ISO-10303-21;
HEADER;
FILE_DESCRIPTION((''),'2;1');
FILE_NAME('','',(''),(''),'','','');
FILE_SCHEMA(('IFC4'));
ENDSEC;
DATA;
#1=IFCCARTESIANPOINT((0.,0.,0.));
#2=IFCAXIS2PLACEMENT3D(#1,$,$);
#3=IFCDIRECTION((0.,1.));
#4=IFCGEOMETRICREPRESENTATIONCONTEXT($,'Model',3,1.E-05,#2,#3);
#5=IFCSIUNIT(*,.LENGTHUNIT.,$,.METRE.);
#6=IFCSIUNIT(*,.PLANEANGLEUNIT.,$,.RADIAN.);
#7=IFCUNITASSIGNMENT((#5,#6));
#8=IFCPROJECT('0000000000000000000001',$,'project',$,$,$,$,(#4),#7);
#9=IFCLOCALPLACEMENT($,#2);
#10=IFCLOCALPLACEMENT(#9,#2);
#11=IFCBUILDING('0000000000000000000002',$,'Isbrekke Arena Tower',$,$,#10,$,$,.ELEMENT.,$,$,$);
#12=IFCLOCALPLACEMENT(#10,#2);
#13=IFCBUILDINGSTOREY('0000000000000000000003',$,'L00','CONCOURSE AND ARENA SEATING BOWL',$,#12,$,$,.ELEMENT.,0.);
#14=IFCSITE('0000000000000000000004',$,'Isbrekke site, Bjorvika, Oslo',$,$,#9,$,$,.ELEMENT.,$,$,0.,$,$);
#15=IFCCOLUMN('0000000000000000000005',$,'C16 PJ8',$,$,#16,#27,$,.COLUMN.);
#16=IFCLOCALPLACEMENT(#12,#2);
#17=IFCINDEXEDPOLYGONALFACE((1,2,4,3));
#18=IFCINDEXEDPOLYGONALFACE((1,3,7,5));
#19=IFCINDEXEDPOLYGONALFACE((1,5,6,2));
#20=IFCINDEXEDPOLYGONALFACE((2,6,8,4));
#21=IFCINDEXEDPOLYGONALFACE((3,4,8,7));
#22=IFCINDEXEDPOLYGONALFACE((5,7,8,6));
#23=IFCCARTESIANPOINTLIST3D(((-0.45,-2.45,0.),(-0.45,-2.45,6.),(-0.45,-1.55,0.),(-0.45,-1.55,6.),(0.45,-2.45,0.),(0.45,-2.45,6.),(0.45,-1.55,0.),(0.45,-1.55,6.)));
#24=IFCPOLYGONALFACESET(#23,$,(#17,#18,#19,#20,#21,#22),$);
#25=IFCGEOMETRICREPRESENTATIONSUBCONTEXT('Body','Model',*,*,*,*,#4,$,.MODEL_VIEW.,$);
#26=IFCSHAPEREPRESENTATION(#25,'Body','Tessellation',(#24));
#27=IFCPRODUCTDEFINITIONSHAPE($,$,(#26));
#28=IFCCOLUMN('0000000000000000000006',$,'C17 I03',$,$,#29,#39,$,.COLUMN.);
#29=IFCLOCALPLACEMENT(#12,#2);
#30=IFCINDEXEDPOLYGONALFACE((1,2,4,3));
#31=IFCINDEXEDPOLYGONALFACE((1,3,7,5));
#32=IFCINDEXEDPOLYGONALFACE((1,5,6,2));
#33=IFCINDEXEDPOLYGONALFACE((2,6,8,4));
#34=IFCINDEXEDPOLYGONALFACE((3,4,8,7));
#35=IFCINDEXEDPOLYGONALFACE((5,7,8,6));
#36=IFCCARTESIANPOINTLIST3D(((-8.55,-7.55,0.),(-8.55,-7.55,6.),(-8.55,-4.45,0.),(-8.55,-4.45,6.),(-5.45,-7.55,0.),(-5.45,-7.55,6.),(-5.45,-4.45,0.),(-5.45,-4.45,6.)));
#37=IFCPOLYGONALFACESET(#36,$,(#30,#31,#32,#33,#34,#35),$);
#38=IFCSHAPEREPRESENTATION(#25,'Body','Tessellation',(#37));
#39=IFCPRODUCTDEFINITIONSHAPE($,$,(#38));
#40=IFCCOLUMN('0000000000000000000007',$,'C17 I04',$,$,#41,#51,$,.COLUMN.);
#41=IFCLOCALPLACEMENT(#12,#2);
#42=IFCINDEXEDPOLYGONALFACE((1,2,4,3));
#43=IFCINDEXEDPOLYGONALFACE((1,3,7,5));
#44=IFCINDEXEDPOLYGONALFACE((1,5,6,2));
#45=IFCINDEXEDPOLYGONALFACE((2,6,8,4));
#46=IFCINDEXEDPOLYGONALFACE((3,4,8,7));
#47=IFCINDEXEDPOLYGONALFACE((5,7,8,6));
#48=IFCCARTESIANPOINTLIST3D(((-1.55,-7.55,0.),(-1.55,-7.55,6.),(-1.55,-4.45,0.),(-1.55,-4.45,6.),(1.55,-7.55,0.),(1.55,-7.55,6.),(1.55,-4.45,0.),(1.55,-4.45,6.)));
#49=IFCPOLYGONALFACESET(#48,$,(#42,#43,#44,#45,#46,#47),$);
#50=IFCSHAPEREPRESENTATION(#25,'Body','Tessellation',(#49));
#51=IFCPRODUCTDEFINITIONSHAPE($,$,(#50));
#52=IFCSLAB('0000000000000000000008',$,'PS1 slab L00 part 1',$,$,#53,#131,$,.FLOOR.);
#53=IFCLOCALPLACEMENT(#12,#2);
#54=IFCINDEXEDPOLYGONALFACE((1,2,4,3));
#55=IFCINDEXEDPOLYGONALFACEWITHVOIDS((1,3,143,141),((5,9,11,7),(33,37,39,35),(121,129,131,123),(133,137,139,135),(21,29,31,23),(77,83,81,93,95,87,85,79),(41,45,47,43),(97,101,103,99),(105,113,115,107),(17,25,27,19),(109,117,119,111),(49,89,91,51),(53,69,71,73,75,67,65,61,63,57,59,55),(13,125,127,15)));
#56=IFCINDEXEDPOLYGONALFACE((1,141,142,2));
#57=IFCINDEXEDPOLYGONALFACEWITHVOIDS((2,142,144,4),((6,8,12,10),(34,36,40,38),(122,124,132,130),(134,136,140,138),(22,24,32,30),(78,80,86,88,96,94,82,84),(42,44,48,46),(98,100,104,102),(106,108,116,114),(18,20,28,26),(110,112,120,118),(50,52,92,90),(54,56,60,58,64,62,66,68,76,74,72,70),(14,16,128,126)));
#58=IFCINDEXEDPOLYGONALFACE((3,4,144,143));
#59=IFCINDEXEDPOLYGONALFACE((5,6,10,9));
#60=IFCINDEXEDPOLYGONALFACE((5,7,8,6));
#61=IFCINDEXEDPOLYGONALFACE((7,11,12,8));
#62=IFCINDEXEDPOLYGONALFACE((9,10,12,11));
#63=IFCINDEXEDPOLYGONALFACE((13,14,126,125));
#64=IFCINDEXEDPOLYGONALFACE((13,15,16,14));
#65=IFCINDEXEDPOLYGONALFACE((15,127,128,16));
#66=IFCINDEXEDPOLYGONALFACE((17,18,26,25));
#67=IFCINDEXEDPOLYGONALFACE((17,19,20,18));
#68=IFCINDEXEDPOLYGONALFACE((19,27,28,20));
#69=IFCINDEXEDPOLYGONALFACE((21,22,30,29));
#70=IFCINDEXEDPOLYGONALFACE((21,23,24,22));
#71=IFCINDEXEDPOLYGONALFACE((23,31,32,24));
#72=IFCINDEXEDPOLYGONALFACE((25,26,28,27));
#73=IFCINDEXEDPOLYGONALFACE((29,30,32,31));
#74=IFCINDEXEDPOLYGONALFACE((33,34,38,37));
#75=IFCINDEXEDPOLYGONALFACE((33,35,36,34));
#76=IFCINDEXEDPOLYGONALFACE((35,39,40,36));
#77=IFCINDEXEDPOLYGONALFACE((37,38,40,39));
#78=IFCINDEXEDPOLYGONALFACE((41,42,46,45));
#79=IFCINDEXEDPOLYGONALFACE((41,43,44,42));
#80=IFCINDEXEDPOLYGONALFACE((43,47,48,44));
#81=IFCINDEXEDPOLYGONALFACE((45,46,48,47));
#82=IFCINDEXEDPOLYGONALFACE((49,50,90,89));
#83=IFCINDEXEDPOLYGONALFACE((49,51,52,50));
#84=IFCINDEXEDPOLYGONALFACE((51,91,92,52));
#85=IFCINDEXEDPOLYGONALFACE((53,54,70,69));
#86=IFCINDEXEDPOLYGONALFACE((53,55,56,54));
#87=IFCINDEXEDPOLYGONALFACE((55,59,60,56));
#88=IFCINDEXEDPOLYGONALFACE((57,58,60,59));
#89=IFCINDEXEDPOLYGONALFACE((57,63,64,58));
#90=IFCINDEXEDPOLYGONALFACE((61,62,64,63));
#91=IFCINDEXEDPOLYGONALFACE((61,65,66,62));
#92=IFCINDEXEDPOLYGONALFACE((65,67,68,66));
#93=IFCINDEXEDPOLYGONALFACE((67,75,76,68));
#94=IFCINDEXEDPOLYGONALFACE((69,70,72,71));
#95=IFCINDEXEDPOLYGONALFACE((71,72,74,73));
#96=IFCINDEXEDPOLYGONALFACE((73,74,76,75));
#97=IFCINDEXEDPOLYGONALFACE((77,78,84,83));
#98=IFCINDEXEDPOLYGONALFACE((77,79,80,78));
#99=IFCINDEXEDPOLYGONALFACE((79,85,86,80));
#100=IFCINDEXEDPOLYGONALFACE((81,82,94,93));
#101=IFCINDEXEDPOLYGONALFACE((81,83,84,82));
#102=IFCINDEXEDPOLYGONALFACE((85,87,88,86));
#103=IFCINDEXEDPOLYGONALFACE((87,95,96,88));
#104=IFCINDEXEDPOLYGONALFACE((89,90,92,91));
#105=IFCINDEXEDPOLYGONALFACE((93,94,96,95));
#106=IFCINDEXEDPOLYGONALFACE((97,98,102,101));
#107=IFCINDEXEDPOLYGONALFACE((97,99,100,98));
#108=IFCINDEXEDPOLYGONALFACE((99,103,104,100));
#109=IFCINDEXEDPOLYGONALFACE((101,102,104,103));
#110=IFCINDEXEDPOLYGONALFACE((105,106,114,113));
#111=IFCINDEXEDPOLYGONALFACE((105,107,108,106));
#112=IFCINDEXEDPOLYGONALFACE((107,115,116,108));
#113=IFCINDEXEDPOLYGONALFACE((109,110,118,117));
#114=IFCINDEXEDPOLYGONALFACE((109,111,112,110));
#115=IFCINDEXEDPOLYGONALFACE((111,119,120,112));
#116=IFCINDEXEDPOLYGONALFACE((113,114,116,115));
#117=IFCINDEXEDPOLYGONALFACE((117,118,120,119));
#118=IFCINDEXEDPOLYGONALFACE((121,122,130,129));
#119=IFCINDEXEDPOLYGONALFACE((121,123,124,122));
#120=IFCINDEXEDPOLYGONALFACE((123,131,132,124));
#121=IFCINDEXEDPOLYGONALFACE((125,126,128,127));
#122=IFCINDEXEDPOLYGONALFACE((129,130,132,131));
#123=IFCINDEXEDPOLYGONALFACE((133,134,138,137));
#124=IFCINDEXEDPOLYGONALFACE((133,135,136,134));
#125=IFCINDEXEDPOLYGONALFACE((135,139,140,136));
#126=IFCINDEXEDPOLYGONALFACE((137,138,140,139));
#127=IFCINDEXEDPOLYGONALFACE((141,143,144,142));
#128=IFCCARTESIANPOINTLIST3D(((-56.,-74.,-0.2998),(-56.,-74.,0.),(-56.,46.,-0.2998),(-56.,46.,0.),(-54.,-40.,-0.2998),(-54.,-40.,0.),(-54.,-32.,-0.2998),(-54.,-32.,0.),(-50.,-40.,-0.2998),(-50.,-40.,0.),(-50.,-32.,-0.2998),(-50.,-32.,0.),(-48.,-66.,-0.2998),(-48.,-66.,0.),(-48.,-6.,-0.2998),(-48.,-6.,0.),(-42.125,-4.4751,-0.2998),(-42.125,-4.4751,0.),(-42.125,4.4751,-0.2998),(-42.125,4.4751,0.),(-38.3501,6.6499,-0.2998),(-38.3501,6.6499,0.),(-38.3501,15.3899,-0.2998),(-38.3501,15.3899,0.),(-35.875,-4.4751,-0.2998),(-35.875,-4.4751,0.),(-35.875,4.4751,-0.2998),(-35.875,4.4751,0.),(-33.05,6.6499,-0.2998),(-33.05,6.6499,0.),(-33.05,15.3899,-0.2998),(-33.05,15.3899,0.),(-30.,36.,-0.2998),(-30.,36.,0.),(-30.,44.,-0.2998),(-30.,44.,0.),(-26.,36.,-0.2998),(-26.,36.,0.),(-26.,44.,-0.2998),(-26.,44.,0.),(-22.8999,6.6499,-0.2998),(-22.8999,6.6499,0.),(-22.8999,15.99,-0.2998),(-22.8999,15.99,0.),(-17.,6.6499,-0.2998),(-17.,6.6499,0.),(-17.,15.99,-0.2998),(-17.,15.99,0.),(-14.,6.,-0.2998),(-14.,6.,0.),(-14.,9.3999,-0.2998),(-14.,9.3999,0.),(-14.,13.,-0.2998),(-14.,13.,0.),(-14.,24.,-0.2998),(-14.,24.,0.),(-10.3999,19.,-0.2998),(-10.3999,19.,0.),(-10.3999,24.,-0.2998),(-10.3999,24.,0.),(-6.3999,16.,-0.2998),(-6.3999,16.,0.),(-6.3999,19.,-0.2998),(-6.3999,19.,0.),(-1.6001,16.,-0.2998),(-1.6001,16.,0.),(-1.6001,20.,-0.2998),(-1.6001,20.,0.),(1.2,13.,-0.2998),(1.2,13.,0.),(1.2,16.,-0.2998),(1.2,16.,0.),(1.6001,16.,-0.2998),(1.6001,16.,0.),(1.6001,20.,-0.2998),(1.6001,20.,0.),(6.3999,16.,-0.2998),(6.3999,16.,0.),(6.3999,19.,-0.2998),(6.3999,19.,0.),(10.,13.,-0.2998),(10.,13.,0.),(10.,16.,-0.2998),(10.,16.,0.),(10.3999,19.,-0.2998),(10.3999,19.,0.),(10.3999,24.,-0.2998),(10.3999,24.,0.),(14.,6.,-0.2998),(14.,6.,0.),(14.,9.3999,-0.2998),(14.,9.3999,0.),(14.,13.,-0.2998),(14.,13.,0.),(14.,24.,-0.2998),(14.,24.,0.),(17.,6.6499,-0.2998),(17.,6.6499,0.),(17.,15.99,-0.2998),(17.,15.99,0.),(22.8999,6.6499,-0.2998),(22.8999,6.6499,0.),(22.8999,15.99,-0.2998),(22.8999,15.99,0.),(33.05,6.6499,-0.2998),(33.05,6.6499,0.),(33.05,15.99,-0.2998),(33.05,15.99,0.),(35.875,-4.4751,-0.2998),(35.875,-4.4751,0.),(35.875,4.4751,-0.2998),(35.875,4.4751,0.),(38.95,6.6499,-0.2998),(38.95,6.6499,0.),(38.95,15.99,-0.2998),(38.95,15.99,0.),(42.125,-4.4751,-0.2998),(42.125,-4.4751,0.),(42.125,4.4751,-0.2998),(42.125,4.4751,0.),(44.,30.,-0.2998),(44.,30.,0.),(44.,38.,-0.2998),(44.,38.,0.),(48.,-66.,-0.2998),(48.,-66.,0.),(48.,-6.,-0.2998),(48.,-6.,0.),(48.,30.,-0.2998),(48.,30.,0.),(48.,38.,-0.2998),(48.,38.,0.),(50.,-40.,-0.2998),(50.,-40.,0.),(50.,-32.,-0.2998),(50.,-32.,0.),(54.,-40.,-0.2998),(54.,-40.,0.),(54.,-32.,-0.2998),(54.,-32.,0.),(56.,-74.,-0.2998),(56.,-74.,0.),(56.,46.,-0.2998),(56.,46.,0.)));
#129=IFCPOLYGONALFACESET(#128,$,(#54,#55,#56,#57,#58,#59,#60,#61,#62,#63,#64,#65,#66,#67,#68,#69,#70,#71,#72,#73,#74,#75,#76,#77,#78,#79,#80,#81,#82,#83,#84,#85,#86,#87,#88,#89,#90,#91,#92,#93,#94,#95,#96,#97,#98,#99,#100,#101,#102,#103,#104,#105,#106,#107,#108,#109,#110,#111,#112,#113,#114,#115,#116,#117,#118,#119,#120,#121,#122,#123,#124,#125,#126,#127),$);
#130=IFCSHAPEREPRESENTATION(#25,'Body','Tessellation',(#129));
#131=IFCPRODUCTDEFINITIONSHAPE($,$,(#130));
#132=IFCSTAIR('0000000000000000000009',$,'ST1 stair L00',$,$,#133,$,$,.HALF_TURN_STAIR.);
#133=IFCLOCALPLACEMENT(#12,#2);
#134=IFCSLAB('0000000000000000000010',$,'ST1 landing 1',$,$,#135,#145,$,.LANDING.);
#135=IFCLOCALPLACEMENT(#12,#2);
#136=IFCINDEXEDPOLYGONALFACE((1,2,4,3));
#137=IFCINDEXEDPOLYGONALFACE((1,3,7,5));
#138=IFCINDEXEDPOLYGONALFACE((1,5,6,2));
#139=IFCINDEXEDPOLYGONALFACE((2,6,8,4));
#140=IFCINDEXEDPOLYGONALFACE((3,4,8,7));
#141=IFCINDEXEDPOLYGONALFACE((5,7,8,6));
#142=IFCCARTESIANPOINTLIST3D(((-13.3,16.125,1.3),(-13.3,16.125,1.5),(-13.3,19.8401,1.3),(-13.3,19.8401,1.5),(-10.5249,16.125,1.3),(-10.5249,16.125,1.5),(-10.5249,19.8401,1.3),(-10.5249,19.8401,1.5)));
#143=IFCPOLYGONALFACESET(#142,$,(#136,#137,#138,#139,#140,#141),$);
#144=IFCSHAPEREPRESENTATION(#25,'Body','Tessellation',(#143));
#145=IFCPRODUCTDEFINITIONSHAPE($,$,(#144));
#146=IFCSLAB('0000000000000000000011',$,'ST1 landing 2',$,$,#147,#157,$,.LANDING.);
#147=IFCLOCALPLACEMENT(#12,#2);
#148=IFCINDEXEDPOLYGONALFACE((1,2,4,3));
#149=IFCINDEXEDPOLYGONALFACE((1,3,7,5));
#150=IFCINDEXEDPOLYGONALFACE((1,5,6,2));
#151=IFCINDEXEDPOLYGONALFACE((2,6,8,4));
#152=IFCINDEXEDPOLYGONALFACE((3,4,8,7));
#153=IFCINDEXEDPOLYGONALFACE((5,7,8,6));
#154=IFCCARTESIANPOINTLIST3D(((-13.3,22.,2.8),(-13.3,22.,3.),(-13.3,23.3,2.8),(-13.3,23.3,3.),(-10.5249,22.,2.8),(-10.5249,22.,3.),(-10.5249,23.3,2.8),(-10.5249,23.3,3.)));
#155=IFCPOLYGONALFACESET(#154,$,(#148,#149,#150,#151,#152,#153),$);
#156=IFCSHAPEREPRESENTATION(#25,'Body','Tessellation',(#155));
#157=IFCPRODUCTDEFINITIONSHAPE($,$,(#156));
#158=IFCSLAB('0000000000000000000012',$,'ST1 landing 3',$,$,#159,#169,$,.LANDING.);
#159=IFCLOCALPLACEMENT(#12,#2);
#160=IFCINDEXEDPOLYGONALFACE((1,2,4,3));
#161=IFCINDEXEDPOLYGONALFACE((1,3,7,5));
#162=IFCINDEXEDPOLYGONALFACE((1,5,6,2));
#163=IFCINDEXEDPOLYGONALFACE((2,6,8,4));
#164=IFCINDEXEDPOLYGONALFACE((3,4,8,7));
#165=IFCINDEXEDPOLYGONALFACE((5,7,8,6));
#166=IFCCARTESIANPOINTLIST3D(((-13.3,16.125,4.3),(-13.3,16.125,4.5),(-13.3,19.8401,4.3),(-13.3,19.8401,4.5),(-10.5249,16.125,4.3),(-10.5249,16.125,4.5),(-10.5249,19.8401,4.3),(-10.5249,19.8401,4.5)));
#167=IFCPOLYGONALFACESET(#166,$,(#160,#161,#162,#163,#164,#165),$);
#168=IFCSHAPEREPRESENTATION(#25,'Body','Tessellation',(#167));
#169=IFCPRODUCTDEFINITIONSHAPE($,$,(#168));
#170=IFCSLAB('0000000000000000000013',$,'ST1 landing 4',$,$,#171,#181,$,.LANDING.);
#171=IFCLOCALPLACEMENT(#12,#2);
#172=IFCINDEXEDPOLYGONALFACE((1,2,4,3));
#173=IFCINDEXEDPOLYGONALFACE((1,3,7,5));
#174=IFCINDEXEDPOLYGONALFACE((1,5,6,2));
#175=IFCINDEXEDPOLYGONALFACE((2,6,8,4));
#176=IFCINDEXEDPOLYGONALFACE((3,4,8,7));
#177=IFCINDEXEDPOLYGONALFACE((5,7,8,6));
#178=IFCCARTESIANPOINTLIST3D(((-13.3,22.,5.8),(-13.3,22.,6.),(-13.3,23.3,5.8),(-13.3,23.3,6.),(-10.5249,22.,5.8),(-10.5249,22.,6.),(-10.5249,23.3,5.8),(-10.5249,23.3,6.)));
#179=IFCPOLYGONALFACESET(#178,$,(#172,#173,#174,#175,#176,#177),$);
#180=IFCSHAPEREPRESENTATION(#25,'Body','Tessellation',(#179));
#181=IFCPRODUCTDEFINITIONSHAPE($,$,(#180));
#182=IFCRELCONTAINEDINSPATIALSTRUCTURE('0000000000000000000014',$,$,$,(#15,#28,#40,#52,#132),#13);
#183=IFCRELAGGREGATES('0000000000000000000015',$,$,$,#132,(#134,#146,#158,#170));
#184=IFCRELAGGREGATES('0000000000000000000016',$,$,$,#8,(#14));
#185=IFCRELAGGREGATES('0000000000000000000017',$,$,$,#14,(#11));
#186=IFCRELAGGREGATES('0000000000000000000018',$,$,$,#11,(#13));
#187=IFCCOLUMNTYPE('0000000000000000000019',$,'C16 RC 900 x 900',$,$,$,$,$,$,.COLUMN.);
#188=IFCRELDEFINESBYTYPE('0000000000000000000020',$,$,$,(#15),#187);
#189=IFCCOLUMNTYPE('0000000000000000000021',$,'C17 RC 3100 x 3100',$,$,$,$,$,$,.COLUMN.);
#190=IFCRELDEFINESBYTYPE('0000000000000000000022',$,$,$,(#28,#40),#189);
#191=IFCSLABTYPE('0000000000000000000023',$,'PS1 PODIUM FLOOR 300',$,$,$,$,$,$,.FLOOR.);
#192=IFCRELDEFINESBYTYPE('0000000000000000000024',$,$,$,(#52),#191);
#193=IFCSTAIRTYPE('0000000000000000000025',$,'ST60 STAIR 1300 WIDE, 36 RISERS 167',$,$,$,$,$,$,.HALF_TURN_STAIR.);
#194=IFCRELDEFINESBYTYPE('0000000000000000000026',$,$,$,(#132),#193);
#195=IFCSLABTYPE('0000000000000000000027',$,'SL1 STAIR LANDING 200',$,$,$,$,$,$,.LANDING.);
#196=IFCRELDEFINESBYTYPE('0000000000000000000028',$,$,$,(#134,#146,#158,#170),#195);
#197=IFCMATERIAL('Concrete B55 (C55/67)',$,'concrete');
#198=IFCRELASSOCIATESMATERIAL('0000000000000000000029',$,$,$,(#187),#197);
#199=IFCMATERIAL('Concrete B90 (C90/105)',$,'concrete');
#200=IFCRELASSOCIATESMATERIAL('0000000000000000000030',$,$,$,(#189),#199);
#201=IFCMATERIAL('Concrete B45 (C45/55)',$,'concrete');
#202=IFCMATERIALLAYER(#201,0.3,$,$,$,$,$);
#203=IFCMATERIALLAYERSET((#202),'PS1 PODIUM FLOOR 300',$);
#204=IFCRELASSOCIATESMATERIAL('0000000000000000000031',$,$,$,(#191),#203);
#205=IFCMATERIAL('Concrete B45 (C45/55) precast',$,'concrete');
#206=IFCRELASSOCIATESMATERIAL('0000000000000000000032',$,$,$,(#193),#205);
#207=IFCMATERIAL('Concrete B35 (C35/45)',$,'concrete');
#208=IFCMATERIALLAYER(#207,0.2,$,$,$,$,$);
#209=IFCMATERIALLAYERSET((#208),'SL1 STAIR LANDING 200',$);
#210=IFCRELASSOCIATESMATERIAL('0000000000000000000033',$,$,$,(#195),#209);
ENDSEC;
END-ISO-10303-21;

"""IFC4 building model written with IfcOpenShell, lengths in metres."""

from ifc_helpers import new_model, si_unit, direction, frame, origin, origin_2d, place, context, subcontext, project, spatial, polyline, rectangle, outline, extrude, material, layer, layer_set, material_profile, profile_set, type_object, element, aggregate, save


model = new_model("IFC4")

# Units and contexts
model_context = context("Model", 3, precision=1e-05, world=origin(), true_north=direction((0.0, 1.0)))
body_context = subcontext(model_context, "Body", "Model", "MODEL_VIEW")
ifc_project = project(units=[si_unit("LENGTHUNIT", "METRE"), si_unit("PLANEANGLEUNIT", "RADIAN")], contexts=[model_context])

# Site, building, storey
site_placement = place(None, origin())
site = spatial("IfcSite", under=ifc_project, at=site_placement, Name="Isbrekke site, Bjorvika, Oslo", CompositionType="ELEMENT", RefElevation=0.0)
building_placement = place(site_placement, origin())
building = spatial("IfcBuilding", under=site, at=building_placement, Name="Isbrekke Arena Tower", CompositionType="ELEMENT")
storey_placement = place(building_placement, origin())
storey = spatial("IfcBuildingStorey", under=building, at=storey_placement, Name="L00", Description="CONCOURSE AND ARENA SEATING BOWL", CompositionType="ELEMENT", Elevation=0.0)

# Columns
ifc_material_1 = material(Name="Concrete B55 (C55/67)", Category="concrete")
ifc_material_profile_1 = material_profile(ifc_material_1, rectangle(XDim=0.8999, YDim=0.8999, at=origin_2d()), Name="RC 900x900")
ifc_profile_set_1 = profile_set([ifc_material_profile_1], Name="Concrete B55 (C55/67)")
column_type_1 = type_object("IfcColumnType", Name="C16 RC 900 x 900", PredefinedType="COLUMN", material=ifc_profile_set_1)
column_placement = place(storey_placement, frame((0.0, -2.0, 0.0), z_axis=(0.0, 0.0, 1.0), x_axis=(1.0, 0.0, 0.0)))
element("IfcColumn", 1, at=column_placement, inside=storey, type_object=column_type_1, Name="C16 PJ8", PredefinedType="COLUMN", context=body_context, shape_type="SweptSolid", body=[
    extrude(rectangle(XDim=0.8999, YDim=0.8999, at=origin_2d()), origin(), (0.0, 0.0, 1.0), 6.0),
])
ifc_material_2 = material(Name="Concrete B90 (C90/105)", Category="concrete")
ifc_material_profile_2 = material_profile(ifc_material_2, rectangle(XDim=3.1001, YDim=3.1001, at=origin_2d()), Name="RC 3100x3100")
ifc_profile_set_2 = profile_set([ifc_material_profile_2], Name="Concrete B90 (C90/105)")
column_type_2 = type_object("IfcColumnType", Name="C17 RC 3100 x 3100", PredefinedType="COLUMN", material=ifc_profile_set_2)
for number, where, z_axis, x_axis, name in (
    (2, (-7.0, -6.0, 0.0), (0.0, 0.0, 1.0), (1.0, 0.0, 0.0), "C17 I03"),
    (3, (0.0, -6.0, 0.0), (0.0, 0.0, 1.0), (1.0, 0.0, 0.0), "C17 I04"),
):
    element("IfcColumn", number, at=place(storey_placement, frame(where, z_axis=z_axis, x_axis=x_axis)), inside=storey, type_object=column_type_2, Name=name, PredefinedType="COLUMN", context=body_context, shape_type="SweptSolid", body=[
        extrude(rectangle(XDim=3.1001, YDim=3.1001, at=origin_2d()), origin(), (0.0, 0.0, 1.0), 6.0),
    ])

# Slab
ifc_material_3 = material(Name="Concrete B45 (C45/55)", Category="concrete")
ifc_layer_1 = layer(ifc_material_3, 0.3)
ifc_layer_set_1 = layer_set([ifc_layer_1], Name="PS1 PODIUM FLOOR 300")
slab_type_1 = type_object("IfcSlabType", Name="PS1 PODIUM FLOOR 300", PredefinedType="FLOOR", material=ifc_layer_set_1)
slab_1_placement = place(storey_placement, frame((0.0, 0.0, -0.2998)))
element("IfcSlab", 4, at=slab_1_placement, inside=storey, type_object=slab_type_1, Name="PS1 slab L00 part 1", PredefinedType="FLOOR", context=body_context, shape_type="SweptSolid", body=[
    extrude(outline(polyline([(-56.0, -74.0), (56.0, -74.0), (56.0, 46.0), (-56.0, 46.0), (-56.0, -74.0)]), holes=[polyline([(48.0, -66.0), (-48.0, -66.0), (-48.0, -6.0), (48.0, -6.0), (48.0, -66.0)]), polyline([(-50.0, -40.0), (-54.0, -40.0), (-54.0, -32.0), (-50.0, -32.0), (-50.0, -40.0)]), polyline([(50.0, -40.0), (50.0, -32.0), (54.0, -32.0), (54.0, -40.0), (50.0, -40.0)]), polyline([(-42.125, -4.4751), (-42.125, 4.4751), (-35.875, 4.4751), (-35.875, -4.4751), (-42.125, -4.4751)]), polyline([(35.875, -4.4751), (35.875, 4.4751), (42.125, 4.4751), (42.125, -4.4751), (35.875, -4.4751)]), polyline([(14.0, 9.3999), (14.0, 6.0), (-14.0, 6.0), (-14.0, 9.3999), (14.0, 9.3999)]), polyline([(-38.3501, 6.6499), (-38.3501, 15.3899), (-33.05, 15.3899), (-33.05, 6.6499), (-38.3501, 6.6499)]), polyline([(-22.8999, 6.6499), (-22.8999, 15.99), (-17.0, 15.99), (-17.0, 6.6499), (-22.8999, 6.6499)]), polyline([(17.0, 6.6499), (17.0, 15.99), (22.8999, 15.99), (22.8999, 6.6499), (17.0, 6.6499)]), polyline([(33.05, 6.6499), (33.05, 15.99), (38.95, 15.99), (38.95, 6.6499), (33.05, 6.6499)]), polyline([(1.6001, 20.0), (1.6001, 16.0), (1.2, 16.0), (1.2, 13.0), (-14.0, 13.0), (-14.0, 24.0), (-10.3999, 24.0), (-10.3999, 19.0), (-6.3999, 19.0), (-6.3999, 16.0), (-1.6001, 16.0), (-1.6001, 20.0), (1.6001, 20.0)]), polyline([(10.3999, 19.0), (10.3999, 24.0), (14.0, 24.0), (14.0, 13.0), (10.0, 13.0), (10.0, 16.0), (6.3999, 16.0), (6.3999, 19.0), (10.3999, 19.0)]), polyline([(44.0, 30.0), (44.0, 38.0), (48.0, 38.0), (48.0, 30.0), (44.0, 30.0)]), polyline([(-30.0, 36.0), (-30.0, 44.0), (-26.0, 44.0), (-26.0, 36.0), (-30.0, 36.0)])]), origin(), (0.0, 0.0, 1.0), 0.2998),
])

# Stair, slabs
ifc_material_4 = material(Name="Concrete B45 (C45/55) precast", Category="concrete")
stair_type_1 = type_object("IfcStairType", Name="ST60 STAIR 1300 WIDE, 36 RISERS 167", PredefinedType="HALF_TURN_STAIR", material=ifc_material_4)
stair_1_placement = place(storey_placement, origin())
stair_1 = element("IfcStair", 5, at=stair_1_placement, inside=storey, type_object=stair_type_1, Name="ST1 stair L00", PredefinedType="HALF_TURN_STAIR")
ifc_material_5 = material(Name="Concrete B35 (C35/45)", Category="concrete")
ifc_layer_2 = layer(ifc_material_5, 0.2)
ifc_layer_set_2 = layer_set([ifc_layer_2], Name="SL1 STAIR LANDING 200")
slab_type_2 = type_object("IfcSlabType", Name="SL1 STAIR LANDING 200", PredefinedType="LANDING", material=ifc_layer_set_2)
slab_2_placement = place(storey_placement, frame((0.0, 0.0, 1.3)))
slab_2 = element("IfcSlab", 6, at=slab_2_placement, type_object=slab_type_2, Name="ST1 landing 1", PredefinedType="LANDING", context=body_context, shape_type="SweptSolid", body=[
    extrude(outline(polyline([(-13.3, 16.125), (-10.5249, 16.125), (-10.5249, 19.8401), (-13.3, 19.8401), (-13.3, 16.125)])), origin(), (0.0, 0.0, 1.0), 0.2),
])
slab_3_placement = place(storey_placement, frame((0.0, 0.0, 2.8)))
slab_3 = element("IfcSlab", 7, at=slab_3_placement, type_object=slab_type_2, Name="ST1 landing 2", PredefinedType="LANDING", context=body_context, shape_type="SweptSolid", body=[
    extrude(outline(polyline([(-13.3, 22.0), (-10.5249, 22.0), (-10.5249, 23.3), (-13.3, 23.3), (-13.3, 22.0)])), origin(), (0.0, 0.0, 1.0), 0.2),
])
slab_4_placement = place(storey_placement, frame((0.0, 0.0, 4.3)))
slab_4 = element("IfcSlab", 8, at=slab_4_placement, type_object=slab_type_2, Name="ST1 landing 3", PredefinedType="LANDING", context=body_context, shape_type="SweptSolid", body=[
    extrude(outline(polyline([(-13.3, 16.125), (-10.5249, 16.125), (-10.5249, 19.8401), (-13.3, 19.8401), (-13.3, 16.125)])), origin(), (0.0, 0.0, 1.0), 0.2),
])
slab_5_placement = place(storey_placement, frame((0.0, 0.0, 5.8)))
slab_5 = element("IfcSlab", 9, at=slab_5_placement, type_object=slab_type_2, Name="ST1 landing 4", PredefinedType="LANDING", context=body_context, shape_type="SweptSolid", body=[
    extrude(outline(polyline([(-13.3, 22.0), (-10.5249, 22.0), (-10.5249, 23.3), (-13.3, 23.3), (-13.3, 22.0)])), origin(), (0.0, 0.0, 1.0), 0.2),
])
aggregate(stair_1, [slab_2, slab_3, slab_4, slab_5])

save(model, "model.ifc")
